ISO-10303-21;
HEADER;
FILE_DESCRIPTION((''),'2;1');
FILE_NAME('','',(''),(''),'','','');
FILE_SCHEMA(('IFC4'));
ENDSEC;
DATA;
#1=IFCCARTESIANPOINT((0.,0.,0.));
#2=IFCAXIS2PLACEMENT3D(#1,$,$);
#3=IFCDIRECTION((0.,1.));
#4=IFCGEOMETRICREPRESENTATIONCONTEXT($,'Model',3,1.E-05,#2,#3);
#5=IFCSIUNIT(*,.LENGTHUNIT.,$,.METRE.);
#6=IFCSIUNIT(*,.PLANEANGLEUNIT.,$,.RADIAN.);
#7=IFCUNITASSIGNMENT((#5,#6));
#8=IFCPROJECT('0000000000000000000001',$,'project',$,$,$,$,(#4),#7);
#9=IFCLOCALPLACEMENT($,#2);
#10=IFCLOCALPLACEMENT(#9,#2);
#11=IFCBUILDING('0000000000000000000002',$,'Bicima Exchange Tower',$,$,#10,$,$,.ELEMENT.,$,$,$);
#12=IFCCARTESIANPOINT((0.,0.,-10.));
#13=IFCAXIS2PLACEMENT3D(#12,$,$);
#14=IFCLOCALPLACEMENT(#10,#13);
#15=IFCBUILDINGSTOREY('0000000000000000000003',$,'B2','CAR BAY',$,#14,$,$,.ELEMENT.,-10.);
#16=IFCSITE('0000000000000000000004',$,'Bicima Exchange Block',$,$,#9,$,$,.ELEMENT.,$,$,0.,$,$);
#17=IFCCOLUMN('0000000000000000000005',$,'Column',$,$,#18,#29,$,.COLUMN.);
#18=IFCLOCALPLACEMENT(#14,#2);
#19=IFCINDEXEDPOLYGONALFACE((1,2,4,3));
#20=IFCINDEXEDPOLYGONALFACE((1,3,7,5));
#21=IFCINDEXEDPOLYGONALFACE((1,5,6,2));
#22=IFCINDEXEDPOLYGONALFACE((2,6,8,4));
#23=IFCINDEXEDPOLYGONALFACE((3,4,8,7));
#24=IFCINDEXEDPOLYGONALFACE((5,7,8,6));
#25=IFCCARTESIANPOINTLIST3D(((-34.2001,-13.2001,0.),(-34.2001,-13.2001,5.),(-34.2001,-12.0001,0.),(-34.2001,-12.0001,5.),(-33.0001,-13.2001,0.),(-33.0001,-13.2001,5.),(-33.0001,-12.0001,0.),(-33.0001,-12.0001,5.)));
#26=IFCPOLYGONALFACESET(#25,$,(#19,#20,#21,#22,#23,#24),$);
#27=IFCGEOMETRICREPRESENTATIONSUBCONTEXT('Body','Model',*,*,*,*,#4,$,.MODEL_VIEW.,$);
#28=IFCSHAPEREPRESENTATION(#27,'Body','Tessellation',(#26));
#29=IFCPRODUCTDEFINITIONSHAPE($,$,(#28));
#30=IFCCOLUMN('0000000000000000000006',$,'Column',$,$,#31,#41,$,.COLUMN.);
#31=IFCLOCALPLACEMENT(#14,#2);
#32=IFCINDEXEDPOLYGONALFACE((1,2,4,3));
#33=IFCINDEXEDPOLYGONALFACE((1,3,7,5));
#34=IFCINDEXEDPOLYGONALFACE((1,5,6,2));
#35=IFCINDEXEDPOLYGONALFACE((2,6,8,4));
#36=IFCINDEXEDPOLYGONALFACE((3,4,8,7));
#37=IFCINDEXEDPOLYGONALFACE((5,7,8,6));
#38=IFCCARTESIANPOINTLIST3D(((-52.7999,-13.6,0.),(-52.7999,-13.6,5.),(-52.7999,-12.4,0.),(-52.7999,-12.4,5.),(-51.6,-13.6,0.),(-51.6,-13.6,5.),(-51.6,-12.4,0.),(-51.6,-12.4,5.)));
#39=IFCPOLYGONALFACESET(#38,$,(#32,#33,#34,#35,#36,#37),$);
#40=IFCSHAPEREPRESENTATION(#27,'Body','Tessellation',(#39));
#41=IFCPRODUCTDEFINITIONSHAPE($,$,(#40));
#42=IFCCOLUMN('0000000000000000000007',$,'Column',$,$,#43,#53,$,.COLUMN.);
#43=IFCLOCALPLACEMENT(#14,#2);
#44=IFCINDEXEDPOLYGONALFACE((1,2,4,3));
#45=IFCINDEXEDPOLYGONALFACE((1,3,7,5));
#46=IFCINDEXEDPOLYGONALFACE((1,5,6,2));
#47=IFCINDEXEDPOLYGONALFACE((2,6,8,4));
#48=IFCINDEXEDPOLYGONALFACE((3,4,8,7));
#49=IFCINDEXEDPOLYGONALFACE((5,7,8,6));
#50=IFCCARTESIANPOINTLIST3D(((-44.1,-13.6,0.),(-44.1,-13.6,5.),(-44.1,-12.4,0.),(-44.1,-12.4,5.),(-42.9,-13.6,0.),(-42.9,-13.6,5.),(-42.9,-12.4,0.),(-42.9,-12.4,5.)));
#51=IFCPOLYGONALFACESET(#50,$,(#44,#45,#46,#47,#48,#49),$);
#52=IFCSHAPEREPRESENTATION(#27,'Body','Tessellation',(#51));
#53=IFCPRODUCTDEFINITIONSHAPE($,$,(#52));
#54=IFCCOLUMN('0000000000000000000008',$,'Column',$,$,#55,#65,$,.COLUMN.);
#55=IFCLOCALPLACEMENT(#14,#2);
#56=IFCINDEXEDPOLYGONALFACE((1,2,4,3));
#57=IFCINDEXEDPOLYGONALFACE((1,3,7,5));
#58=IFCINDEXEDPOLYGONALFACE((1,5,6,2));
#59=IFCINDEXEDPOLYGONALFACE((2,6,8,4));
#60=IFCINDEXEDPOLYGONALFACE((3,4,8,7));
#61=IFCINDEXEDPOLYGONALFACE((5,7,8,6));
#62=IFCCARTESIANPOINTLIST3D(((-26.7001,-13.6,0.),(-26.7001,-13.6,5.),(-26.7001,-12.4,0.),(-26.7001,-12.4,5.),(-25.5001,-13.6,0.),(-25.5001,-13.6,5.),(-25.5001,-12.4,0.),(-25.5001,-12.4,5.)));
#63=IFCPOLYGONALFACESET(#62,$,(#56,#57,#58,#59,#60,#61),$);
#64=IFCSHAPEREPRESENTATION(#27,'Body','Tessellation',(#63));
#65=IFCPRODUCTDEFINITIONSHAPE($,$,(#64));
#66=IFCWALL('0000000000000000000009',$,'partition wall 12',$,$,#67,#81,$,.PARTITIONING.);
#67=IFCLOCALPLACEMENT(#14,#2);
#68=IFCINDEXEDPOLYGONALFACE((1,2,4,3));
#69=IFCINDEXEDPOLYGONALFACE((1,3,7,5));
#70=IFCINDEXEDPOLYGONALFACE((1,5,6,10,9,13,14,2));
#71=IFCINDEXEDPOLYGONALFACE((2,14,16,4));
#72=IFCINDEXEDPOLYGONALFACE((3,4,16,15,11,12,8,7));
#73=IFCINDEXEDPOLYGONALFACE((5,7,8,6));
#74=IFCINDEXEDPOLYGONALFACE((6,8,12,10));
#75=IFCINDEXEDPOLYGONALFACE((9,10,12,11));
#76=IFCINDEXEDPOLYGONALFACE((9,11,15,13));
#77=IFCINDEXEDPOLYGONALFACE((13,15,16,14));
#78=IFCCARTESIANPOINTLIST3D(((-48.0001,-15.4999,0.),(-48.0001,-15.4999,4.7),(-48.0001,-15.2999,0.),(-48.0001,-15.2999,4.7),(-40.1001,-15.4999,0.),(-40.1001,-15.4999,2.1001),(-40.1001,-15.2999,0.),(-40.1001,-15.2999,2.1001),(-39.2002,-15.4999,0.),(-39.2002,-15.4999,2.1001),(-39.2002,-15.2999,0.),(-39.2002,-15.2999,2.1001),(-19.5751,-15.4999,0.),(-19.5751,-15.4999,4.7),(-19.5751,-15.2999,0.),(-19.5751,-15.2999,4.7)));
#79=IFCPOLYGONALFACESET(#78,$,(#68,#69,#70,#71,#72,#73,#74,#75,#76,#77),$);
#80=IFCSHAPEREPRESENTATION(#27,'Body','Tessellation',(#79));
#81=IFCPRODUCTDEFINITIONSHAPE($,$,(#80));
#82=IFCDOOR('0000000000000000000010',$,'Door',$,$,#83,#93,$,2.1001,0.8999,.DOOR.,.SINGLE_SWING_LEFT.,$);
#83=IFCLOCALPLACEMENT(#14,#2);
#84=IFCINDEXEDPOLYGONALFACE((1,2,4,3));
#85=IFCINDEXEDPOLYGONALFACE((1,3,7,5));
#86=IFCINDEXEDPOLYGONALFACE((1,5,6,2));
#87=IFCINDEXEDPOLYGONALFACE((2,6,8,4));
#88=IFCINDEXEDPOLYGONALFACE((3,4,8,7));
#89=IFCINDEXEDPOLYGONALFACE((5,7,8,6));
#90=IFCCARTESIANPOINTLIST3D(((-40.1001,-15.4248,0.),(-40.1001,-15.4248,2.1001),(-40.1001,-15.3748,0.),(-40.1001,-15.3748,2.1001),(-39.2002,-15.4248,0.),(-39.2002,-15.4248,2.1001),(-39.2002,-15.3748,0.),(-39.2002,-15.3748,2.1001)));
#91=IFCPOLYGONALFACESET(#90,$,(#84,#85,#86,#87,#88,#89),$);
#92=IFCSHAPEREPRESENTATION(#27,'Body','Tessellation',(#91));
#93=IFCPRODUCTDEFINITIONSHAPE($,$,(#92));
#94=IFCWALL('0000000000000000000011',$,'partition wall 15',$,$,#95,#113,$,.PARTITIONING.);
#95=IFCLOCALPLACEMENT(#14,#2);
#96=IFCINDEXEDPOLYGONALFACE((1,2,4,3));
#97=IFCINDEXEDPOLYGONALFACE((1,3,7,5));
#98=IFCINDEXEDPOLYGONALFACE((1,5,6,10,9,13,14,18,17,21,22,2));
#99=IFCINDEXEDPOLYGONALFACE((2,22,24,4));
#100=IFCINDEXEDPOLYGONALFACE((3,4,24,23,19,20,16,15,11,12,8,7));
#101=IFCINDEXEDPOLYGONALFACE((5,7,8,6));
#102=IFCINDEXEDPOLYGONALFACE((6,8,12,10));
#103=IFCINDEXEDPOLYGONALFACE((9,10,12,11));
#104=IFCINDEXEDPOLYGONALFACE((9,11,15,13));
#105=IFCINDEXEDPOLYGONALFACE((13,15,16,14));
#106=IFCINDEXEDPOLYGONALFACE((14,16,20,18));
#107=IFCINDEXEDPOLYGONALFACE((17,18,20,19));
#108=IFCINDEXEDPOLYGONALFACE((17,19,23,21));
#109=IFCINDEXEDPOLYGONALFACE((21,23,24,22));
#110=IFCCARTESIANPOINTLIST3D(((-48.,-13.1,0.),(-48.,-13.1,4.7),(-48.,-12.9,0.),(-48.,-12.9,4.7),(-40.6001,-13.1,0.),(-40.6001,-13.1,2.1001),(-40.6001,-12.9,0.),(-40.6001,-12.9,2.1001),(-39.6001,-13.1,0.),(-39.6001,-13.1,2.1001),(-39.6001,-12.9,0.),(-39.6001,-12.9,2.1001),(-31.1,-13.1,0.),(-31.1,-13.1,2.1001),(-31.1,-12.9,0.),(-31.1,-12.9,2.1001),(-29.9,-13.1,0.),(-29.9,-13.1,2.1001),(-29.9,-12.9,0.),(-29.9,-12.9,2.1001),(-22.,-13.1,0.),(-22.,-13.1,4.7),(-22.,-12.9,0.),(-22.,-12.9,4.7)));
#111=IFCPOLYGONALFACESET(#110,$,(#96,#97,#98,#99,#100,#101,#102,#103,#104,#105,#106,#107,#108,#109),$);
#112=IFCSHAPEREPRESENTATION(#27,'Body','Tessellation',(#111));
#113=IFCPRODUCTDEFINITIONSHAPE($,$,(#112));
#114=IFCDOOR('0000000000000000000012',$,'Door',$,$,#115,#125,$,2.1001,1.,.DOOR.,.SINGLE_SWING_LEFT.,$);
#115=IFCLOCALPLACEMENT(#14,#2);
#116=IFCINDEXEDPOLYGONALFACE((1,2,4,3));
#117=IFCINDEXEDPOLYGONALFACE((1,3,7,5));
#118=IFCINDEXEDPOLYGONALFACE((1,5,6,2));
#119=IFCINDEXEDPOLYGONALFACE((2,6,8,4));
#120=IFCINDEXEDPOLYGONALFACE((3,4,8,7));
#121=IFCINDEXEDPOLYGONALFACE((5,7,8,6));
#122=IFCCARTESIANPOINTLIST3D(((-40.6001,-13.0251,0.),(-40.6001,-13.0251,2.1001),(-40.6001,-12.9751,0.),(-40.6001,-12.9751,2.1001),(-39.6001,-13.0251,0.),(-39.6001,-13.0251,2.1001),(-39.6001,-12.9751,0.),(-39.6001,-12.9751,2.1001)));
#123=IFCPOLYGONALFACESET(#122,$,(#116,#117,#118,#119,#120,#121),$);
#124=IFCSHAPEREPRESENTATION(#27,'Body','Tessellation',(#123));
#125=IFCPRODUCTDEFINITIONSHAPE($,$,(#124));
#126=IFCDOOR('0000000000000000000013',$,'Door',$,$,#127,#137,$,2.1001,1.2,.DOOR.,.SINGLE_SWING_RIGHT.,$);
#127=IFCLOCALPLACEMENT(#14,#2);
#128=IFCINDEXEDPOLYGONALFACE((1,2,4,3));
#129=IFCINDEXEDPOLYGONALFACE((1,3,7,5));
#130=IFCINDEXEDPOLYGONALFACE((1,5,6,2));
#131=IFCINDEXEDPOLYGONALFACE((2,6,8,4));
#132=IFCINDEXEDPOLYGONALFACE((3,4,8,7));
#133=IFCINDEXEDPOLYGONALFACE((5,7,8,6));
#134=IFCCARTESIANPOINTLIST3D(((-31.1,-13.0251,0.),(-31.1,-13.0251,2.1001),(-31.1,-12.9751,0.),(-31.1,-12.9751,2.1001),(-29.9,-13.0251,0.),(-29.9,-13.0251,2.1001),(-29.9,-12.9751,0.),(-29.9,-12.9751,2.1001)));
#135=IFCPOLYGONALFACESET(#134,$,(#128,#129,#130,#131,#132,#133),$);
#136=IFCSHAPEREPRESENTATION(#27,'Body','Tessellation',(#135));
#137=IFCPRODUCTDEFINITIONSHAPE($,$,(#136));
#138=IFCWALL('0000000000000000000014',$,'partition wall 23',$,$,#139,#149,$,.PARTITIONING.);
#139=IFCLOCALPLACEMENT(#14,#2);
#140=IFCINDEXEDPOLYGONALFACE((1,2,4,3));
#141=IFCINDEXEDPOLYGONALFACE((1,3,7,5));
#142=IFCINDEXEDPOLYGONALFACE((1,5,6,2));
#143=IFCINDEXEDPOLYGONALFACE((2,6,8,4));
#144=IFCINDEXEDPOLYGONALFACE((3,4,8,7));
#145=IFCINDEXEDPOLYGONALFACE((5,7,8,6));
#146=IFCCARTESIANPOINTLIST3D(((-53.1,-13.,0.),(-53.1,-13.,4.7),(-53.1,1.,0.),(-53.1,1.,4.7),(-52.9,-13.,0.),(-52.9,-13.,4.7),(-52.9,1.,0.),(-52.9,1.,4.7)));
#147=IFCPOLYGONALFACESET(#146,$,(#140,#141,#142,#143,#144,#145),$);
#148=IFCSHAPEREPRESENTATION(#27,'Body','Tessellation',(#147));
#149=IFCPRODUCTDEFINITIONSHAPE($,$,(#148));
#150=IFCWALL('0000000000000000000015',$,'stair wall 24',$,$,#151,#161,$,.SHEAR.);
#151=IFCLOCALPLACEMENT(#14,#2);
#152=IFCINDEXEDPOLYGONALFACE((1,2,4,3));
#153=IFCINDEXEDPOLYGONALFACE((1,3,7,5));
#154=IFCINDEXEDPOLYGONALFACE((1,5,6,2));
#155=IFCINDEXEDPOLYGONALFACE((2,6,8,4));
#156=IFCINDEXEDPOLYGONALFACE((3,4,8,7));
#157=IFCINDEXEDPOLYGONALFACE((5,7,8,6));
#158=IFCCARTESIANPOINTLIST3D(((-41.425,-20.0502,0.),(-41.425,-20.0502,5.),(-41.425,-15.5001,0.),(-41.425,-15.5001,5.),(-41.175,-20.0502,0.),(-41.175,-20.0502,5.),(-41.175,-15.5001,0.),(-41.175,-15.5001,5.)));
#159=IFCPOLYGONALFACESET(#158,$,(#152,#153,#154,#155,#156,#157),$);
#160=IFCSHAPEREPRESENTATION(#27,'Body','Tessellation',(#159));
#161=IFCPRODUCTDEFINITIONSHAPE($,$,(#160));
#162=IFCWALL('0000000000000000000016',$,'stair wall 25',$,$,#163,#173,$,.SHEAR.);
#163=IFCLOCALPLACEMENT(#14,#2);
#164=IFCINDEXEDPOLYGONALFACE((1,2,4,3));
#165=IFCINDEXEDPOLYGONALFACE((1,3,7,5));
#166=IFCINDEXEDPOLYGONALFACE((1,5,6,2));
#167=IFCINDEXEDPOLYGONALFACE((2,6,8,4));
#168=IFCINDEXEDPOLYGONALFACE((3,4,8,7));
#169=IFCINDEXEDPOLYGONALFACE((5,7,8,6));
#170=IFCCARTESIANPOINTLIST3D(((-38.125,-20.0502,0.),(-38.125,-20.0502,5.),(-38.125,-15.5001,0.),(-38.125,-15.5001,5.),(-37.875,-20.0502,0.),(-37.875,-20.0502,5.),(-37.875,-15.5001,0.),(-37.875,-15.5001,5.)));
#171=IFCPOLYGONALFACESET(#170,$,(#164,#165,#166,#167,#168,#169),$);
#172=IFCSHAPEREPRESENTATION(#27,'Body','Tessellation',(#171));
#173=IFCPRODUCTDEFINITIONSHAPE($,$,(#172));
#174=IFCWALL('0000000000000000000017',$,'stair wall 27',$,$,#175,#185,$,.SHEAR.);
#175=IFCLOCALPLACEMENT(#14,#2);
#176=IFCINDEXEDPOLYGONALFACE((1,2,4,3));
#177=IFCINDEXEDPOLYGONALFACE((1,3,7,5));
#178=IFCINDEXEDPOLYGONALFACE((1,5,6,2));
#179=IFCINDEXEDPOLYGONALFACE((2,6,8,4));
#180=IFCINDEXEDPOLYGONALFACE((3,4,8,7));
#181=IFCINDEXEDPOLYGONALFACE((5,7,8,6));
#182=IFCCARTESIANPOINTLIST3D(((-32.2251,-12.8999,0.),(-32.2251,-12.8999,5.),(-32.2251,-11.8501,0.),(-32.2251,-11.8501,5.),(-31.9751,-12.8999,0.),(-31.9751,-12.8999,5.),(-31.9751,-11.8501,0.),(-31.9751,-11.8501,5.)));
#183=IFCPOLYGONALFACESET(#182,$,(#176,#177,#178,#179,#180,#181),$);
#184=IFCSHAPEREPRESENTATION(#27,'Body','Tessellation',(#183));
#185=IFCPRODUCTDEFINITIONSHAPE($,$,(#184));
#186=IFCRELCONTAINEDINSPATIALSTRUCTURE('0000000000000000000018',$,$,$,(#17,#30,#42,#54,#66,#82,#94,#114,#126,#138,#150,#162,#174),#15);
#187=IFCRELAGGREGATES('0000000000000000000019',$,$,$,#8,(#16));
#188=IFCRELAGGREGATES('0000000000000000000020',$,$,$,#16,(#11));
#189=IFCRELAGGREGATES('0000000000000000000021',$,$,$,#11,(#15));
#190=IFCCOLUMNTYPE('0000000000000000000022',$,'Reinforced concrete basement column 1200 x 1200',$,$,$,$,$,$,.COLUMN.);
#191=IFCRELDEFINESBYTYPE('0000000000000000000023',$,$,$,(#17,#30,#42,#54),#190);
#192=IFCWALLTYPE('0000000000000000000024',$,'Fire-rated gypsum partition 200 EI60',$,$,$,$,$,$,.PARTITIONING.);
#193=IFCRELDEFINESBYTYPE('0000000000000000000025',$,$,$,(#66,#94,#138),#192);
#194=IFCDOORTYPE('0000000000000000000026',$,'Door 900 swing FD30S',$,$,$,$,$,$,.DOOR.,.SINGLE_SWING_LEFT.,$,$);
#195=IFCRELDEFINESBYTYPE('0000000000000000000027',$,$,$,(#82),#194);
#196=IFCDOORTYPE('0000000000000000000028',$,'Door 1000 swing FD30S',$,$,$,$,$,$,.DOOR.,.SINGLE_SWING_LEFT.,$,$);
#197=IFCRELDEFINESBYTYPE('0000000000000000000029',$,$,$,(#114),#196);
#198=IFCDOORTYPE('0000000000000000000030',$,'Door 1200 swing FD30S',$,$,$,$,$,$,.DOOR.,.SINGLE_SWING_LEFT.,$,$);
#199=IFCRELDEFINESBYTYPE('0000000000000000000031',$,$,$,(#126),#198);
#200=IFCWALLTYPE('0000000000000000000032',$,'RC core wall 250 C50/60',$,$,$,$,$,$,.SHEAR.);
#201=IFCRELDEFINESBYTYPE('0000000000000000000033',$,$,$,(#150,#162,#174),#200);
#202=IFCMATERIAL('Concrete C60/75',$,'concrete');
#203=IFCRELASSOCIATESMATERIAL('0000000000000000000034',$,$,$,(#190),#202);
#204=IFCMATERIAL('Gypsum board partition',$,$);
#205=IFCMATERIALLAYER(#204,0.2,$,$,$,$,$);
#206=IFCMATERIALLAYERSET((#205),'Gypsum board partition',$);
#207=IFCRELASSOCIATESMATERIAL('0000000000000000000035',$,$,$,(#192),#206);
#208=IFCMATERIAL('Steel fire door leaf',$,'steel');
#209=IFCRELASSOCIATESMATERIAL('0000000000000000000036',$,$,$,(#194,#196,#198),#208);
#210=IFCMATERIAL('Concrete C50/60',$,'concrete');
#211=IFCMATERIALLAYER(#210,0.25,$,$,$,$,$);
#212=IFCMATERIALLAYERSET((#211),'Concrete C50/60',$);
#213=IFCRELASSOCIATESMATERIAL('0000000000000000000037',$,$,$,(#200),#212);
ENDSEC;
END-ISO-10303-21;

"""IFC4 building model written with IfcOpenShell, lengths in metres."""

from ifc_helpers import new_model, si_unit, direction, frame, frame_2d, origin, origin_2d, place, context, subcontext, project, spatial, rectangle, extrude, material, layer, layer_set, material_profile, profile_set, type_object, element, fill, save


model = new_model("IFC4")

# Units and contexts
model_context = context("Model", 3, precision=1e-05, world=origin(), true_north=direction((0.0, 1.0)))
body_context = subcontext(model_context, "Body", "Model", "MODEL_VIEW")
ifc_project = project(units=[si_unit("LENGTHUNIT", "METRE"), si_unit("PLANEANGLEUNIT", "RADIAN")], contexts=[model_context])

# Site, building, storey
site_placement = place(None, origin())
site = spatial("IfcSite", under=ifc_project, at=site_placement, Name="Bicima Exchange Block", CompositionType="ELEMENT", RefElevation=0.0)
building_placement = place(site_placement, origin())
building = spatial("IfcBuilding", under=site, at=building_placement, Name="Bicima Exchange Tower", CompositionType="ELEMENT")
storey_placement = place(building_placement, frame((0.0, 0.0, -10.0)))
storey = spatial("IfcBuildingStorey", under=building, at=storey_placement, Name="B2", Description="CAR BAY", CompositionType="ELEMENT", Elevation=-10.0)

# Columns
ifc_material_1 = material(Name="Concrete C60/75", Category="concrete")
ifc_material_profile = material_profile(ifc_material_1, rectangle(XDim=1.2, YDim=1.2, at=origin_2d()))
ifc_profile_set = profile_set([ifc_material_profile], Name="Concrete C60/75")
column_type = type_object("IfcColumnType", Name="Reinforced concrete basement column 1200 x 1200", PredefinedType="COLUMN", material=ifc_profile_set)
for number, where, z_axis, x_axis, name in (
    (1, (-33.6001, -12.6001, 0.0), (0.0, 0.0, 1.0), (1.0, 0.0, 0.0), "Column"),
    (2, (-52.2, -13.0, 0.0), (0.0, 0.0, 1.0), (1.0, 0.0, 0.0), "Column"),
    (3, (-43.5, -13.0, 0.0), (0.0, 0.0, 1.0), (1.0, 0.0, 0.0), "Column"),
    (4, (-26.1001, -13.0, 0.0), (0.0, 0.0, 1.0), (1.0, 0.0, 0.0), "Column"),
):
    element("IfcColumn", number, at=place(storey_placement, frame(where, z_axis=z_axis, x_axis=x_axis)), inside=storey, type_object=column_type, Name=name, PredefinedType="COLUMN", context=body_context, shape_type="SweptSolid", body=[
        extrude(rectangle(XDim=1.2, YDim=1.2, at=origin_2d()), origin(), (0.0, 0.0, 1.0), 5.0),
    ])

# Wall, opening, door
ifc_material_2 = material(Name="Gypsum board partition")
ifc_layer_1 = layer(ifc_material_2, 0.2)
ifc_layer_set_1 = layer_set([ifc_layer_1], Name="Gypsum board partition")
wall_type_1 = type_object("IfcWallType", Name="Fire-rated gypsum partition 200 EI60", PredefinedType="PARTITIONING", material=ifc_layer_set_1)
wall_1_placement = place(storey_placement, frame((-48.0, -15.3999, 0.0), z_axis=(0.0, 0.0, 1.0), x_axis=(1.0, 0.0, 0.0)))
wall_1 = element("IfcWall", 5, at=wall_1_placement, inside=storey, type_object=wall_type_1, Name="partition wall 12", PredefinedType="PARTITIONING", context=body_context, shape_type="SweptSolid", body=[
    extrude(rectangle(XDim=28.425, YDim=0.2, at=frame_2d((14.2124, 0.0))), origin(), (0.0, 0.0, 1.0), 4.7),
])
opening_1_placement = place(wall_1_placement, frame((7.8999, 0.0, 0.0)))
opening_1 = element("IfcOpeningElement", 6, at=opening_1_placement, cuts=wall_1, PredefinedType="OPENING", context=body_context, shape_type="SweptSolid", body=[
    extrude(rectangle(XDim=0.8999, YDim=2.1001, at=frame_2d((0.45, 1.05))), frame((0.0, 0.1118, 0.0), z_axis=(0.0, -1.0, 0.0), x_axis=(1.0, 0.0, 0.0)), (0.0, 0.0, 1.0), 0.2239),
])
ifc_material_3 = material(Name="Steel fire door leaf", Category="steel")
door_type_1 = type_object("IfcDoorType", Name="Door 900 swing FD30S", OperationType="SINGLE_SWING_LEFT", PredefinedType="DOOR", material=ifc_material_3)
door_1_placement = place(opening_1_placement, frame((0.8999, 0.0, 0.0), z_axis=(0.0, 0.0, 1.0), x_axis=(-1.0, 0.0, 0.0)))
door_1 = element("IfcDoor", 7, at=door_1_placement, inside=storey, type_object=door_type_1, Name="Door", OperationType="SINGLE_SWING_LEFT", OverallHeight=2.1001, OverallWidth=0.8999, PredefinedType="DOOR", context=body_context, shape_type="SweptSolid", body=[
    extrude(rectangle(XDim=0.8999, YDim=2.1001, at=frame_2d((0.45, 1.05))), frame((0.0, 0.0249, 0.0), z_axis=(0.0, -1.0, 0.0), x_axis=(1.0, 0.0, 0.0)), (0.0, 0.0, 1.0), 0.05),
])
fill(opening_1, door_1)

# Wall, openings, doors
wall_2_placement = place(storey_placement, frame((-48.0, -13.0, 0.0), z_axis=(0.0, 0.0, 1.0), x_axis=(1.0, 0.0, 0.0)))
wall_2 = element("IfcWall", 8, at=wall_2_placement, inside=storey, type_object=wall_type_1, Name="partition wall 15", PredefinedType="PARTITIONING", context=body_context, shape_type="SweptSolid", body=[
    extrude(rectangle(XDim=26.0, YDim=0.2, at=frame_2d((13.0, 0.0))), origin(), (0.0, 0.0, 1.0), 4.7),
])
opening_2_placement = place(wall_2_placement, frame((16.8999, 0.0, 0.0)))
opening_2 = element("IfcOpeningElement", 9, at=opening_2_placement, cuts=wall_2, PredefinedType="OPENING", context=body_context, shape_type="SweptSolid", body=[
    extrude(rectangle(XDim=1.2, YDim=2.1001, at=frame_2d((0.6001, 1.05))), frame((0.0, 0.1118, 0.0), z_axis=(0.0, -1.0, 0.0), x_axis=(1.0, 0.0, 0.0)), (0.0, 0.0, 1.0), 0.2239),
])
opening_3_placement = place(wall_2_placement, frame((7.3999, 0.0, 0.0)))
opening_3 = element("IfcOpeningElement", 10, at=opening_3_placement, cuts=wall_2, PredefinedType="OPENING", context=body_context, shape_type="SweptSolid", body=[
    extrude(rectangle(XDim=1.0, YDim=2.1001, at=frame_2d((0.5, 1.05))), frame((0.0, 0.1118, 0.0), z_axis=(0.0, -1.0, 0.0), x_axis=(1.0, 0.0, 0.0)), (0.0, 0.0, 1.0), 0.2239),
])
door_type_2 = type_object("IfcDoorType", Name="Door 1000 swing FD30S", OperationType="SINGLE_SWING_LEFT", PredefinedType="DOOR", material=ifc_material_3)
door_2_placement = place(opening_3_placement, origin())
door_2 = element("IfcDoor", 11, at=door_2_placement, inside=storey, type_object=door_type_2, Name="Door", OperationType="SINGLE_SWING_LEFT", OverallHeight=2.1001, OverallWidth=1.0, PredefinedType="DOOR", context=body_context, shape_type="SweptSolid", body=[
    extrude(rectangle(XDim=1.0, YDim=2.1001, at=frame_2d((0.5, 1.05))), frame((0.0, 0.0249, 0.0), z_axis=(0.0, -1.0, 0.0), x_axis=(1.0, 0.0, 0.0)), (0.0, 0.0, 1.0), 0.05),
])
fill(opening_3, door_2)
door_type_3 = type_object("IfcDoorType", Name="Door 1200 swing FD30S", OperationType="SINGLE_SWING_LEFT", PredefinedType="DOOR", material=ifc_material_3)
door_3_placement = place(opening_2_placement, origin())
door_3 = element("IfcDoor", 12, at=door_3_placement, inside=storey, type_object=door_type_3, Name="Door", OperationType="SINGLE_SWING_RIGHT", OverallHeight=2.1001, OverallWidth=1.2, PredefinedType="DOOR", context=body_context, shape_type="SweptSolid", body=[
    extrude(rectangle(XDim=1.2, YDim=2.1001, at=frame_2d((0.6001, 1.05))), frame((0.0, 0.0249, 0.0), z_axis=(0.0, -1.0, 0.0), x_axis=(1.0, 0.0, 0.0)), (0.0, 0.0, 1.0), 0.05),
])
fill(opening_2, door_3)

# Walls
wall_3_placement = place(storey_placement, frame((-53.0, -13.0, 0.0), z_axis=(0.0, 0.0, 1.0), x_axis=(0.0, 1.0, 0.0)))
element("IfcWall", 13, at=wall_3_placement, inside=storey, type_object=wall_type_1, Name="partition wall 23", PredefinedType="PARTITIONING", context=body_context, shape_type="SweptSolid", body=[
    extrude(rectangle(XDim=14.0, YDim=0.2, at=frame_2d((7.0, 0.0))), origin(), (0.0, 0.0, 1.0), 4.7),
])
ifc_material_4 = material(Name="Concrete C50/60", Category="concrete")
ifc_layer_2 = layer(ifc_material_4, 0.25)
ifc_layer_set_2 = layer_set([ifc_layer_2], Name="Concrete C50/60")
wall_type_2 = type_object("IfcWallType", Name="RC core wall 250 C50/60", PredefinedType="SHEAR", material=ifc_layer_set_2)
for number, where, z_axis, x_axis, name in (
    (14, (-41.3, -20.05, 0.0), (0.0, 0.0, 1.0), (0.0, 1.0, 0.0), "stair wall 24"),
    (15, (-38.0, -20.05, 0.0), (0.0, 0.0, 1.0), (0.0, 1.0, 0.0), "stair wall 25"),
):
    element("IfcWall", number, at=place(storey_placement, frame(where, z_axis=z_axis, x_axis=x_axis)), inside=storey, type_object=wall_type_2, Name=name, PredefinedType="SHEAR", context=body_context, shape_type="SweptSolid", body=[
        extrude(rectangle(XDim=4.55, YDim=0.25, at=frame_2d((2.2749, 0.0))), origin(), (0.0, 0.0, 1.0), 5.0),
    ])
for number, where, z_axis, x_axis, name in (
    (16, (-32.1001, -12.8999, 0.0), (0.0, 0.0, 1.0), (0.0, 1.0, 0.0), "stair wall 27"),
):
    element("IfcWall", number, at=place(storey_placement, frame(where, z_axis=z_axis, x_axis=x_axis)), inside=storey, type_object=wall_type_2, Name=name, PredefinedType="SHEAR", context=body_context, shape_type="SweptSolid", body=[
        extrude(rectangle(XDim=1.0498, YDim=0.25, at=frame_2d((0.5249, 0.0))), origin(), (0.0, 0.0, 1.0), 5.0),
    ])

save(model, "model.ifc")
